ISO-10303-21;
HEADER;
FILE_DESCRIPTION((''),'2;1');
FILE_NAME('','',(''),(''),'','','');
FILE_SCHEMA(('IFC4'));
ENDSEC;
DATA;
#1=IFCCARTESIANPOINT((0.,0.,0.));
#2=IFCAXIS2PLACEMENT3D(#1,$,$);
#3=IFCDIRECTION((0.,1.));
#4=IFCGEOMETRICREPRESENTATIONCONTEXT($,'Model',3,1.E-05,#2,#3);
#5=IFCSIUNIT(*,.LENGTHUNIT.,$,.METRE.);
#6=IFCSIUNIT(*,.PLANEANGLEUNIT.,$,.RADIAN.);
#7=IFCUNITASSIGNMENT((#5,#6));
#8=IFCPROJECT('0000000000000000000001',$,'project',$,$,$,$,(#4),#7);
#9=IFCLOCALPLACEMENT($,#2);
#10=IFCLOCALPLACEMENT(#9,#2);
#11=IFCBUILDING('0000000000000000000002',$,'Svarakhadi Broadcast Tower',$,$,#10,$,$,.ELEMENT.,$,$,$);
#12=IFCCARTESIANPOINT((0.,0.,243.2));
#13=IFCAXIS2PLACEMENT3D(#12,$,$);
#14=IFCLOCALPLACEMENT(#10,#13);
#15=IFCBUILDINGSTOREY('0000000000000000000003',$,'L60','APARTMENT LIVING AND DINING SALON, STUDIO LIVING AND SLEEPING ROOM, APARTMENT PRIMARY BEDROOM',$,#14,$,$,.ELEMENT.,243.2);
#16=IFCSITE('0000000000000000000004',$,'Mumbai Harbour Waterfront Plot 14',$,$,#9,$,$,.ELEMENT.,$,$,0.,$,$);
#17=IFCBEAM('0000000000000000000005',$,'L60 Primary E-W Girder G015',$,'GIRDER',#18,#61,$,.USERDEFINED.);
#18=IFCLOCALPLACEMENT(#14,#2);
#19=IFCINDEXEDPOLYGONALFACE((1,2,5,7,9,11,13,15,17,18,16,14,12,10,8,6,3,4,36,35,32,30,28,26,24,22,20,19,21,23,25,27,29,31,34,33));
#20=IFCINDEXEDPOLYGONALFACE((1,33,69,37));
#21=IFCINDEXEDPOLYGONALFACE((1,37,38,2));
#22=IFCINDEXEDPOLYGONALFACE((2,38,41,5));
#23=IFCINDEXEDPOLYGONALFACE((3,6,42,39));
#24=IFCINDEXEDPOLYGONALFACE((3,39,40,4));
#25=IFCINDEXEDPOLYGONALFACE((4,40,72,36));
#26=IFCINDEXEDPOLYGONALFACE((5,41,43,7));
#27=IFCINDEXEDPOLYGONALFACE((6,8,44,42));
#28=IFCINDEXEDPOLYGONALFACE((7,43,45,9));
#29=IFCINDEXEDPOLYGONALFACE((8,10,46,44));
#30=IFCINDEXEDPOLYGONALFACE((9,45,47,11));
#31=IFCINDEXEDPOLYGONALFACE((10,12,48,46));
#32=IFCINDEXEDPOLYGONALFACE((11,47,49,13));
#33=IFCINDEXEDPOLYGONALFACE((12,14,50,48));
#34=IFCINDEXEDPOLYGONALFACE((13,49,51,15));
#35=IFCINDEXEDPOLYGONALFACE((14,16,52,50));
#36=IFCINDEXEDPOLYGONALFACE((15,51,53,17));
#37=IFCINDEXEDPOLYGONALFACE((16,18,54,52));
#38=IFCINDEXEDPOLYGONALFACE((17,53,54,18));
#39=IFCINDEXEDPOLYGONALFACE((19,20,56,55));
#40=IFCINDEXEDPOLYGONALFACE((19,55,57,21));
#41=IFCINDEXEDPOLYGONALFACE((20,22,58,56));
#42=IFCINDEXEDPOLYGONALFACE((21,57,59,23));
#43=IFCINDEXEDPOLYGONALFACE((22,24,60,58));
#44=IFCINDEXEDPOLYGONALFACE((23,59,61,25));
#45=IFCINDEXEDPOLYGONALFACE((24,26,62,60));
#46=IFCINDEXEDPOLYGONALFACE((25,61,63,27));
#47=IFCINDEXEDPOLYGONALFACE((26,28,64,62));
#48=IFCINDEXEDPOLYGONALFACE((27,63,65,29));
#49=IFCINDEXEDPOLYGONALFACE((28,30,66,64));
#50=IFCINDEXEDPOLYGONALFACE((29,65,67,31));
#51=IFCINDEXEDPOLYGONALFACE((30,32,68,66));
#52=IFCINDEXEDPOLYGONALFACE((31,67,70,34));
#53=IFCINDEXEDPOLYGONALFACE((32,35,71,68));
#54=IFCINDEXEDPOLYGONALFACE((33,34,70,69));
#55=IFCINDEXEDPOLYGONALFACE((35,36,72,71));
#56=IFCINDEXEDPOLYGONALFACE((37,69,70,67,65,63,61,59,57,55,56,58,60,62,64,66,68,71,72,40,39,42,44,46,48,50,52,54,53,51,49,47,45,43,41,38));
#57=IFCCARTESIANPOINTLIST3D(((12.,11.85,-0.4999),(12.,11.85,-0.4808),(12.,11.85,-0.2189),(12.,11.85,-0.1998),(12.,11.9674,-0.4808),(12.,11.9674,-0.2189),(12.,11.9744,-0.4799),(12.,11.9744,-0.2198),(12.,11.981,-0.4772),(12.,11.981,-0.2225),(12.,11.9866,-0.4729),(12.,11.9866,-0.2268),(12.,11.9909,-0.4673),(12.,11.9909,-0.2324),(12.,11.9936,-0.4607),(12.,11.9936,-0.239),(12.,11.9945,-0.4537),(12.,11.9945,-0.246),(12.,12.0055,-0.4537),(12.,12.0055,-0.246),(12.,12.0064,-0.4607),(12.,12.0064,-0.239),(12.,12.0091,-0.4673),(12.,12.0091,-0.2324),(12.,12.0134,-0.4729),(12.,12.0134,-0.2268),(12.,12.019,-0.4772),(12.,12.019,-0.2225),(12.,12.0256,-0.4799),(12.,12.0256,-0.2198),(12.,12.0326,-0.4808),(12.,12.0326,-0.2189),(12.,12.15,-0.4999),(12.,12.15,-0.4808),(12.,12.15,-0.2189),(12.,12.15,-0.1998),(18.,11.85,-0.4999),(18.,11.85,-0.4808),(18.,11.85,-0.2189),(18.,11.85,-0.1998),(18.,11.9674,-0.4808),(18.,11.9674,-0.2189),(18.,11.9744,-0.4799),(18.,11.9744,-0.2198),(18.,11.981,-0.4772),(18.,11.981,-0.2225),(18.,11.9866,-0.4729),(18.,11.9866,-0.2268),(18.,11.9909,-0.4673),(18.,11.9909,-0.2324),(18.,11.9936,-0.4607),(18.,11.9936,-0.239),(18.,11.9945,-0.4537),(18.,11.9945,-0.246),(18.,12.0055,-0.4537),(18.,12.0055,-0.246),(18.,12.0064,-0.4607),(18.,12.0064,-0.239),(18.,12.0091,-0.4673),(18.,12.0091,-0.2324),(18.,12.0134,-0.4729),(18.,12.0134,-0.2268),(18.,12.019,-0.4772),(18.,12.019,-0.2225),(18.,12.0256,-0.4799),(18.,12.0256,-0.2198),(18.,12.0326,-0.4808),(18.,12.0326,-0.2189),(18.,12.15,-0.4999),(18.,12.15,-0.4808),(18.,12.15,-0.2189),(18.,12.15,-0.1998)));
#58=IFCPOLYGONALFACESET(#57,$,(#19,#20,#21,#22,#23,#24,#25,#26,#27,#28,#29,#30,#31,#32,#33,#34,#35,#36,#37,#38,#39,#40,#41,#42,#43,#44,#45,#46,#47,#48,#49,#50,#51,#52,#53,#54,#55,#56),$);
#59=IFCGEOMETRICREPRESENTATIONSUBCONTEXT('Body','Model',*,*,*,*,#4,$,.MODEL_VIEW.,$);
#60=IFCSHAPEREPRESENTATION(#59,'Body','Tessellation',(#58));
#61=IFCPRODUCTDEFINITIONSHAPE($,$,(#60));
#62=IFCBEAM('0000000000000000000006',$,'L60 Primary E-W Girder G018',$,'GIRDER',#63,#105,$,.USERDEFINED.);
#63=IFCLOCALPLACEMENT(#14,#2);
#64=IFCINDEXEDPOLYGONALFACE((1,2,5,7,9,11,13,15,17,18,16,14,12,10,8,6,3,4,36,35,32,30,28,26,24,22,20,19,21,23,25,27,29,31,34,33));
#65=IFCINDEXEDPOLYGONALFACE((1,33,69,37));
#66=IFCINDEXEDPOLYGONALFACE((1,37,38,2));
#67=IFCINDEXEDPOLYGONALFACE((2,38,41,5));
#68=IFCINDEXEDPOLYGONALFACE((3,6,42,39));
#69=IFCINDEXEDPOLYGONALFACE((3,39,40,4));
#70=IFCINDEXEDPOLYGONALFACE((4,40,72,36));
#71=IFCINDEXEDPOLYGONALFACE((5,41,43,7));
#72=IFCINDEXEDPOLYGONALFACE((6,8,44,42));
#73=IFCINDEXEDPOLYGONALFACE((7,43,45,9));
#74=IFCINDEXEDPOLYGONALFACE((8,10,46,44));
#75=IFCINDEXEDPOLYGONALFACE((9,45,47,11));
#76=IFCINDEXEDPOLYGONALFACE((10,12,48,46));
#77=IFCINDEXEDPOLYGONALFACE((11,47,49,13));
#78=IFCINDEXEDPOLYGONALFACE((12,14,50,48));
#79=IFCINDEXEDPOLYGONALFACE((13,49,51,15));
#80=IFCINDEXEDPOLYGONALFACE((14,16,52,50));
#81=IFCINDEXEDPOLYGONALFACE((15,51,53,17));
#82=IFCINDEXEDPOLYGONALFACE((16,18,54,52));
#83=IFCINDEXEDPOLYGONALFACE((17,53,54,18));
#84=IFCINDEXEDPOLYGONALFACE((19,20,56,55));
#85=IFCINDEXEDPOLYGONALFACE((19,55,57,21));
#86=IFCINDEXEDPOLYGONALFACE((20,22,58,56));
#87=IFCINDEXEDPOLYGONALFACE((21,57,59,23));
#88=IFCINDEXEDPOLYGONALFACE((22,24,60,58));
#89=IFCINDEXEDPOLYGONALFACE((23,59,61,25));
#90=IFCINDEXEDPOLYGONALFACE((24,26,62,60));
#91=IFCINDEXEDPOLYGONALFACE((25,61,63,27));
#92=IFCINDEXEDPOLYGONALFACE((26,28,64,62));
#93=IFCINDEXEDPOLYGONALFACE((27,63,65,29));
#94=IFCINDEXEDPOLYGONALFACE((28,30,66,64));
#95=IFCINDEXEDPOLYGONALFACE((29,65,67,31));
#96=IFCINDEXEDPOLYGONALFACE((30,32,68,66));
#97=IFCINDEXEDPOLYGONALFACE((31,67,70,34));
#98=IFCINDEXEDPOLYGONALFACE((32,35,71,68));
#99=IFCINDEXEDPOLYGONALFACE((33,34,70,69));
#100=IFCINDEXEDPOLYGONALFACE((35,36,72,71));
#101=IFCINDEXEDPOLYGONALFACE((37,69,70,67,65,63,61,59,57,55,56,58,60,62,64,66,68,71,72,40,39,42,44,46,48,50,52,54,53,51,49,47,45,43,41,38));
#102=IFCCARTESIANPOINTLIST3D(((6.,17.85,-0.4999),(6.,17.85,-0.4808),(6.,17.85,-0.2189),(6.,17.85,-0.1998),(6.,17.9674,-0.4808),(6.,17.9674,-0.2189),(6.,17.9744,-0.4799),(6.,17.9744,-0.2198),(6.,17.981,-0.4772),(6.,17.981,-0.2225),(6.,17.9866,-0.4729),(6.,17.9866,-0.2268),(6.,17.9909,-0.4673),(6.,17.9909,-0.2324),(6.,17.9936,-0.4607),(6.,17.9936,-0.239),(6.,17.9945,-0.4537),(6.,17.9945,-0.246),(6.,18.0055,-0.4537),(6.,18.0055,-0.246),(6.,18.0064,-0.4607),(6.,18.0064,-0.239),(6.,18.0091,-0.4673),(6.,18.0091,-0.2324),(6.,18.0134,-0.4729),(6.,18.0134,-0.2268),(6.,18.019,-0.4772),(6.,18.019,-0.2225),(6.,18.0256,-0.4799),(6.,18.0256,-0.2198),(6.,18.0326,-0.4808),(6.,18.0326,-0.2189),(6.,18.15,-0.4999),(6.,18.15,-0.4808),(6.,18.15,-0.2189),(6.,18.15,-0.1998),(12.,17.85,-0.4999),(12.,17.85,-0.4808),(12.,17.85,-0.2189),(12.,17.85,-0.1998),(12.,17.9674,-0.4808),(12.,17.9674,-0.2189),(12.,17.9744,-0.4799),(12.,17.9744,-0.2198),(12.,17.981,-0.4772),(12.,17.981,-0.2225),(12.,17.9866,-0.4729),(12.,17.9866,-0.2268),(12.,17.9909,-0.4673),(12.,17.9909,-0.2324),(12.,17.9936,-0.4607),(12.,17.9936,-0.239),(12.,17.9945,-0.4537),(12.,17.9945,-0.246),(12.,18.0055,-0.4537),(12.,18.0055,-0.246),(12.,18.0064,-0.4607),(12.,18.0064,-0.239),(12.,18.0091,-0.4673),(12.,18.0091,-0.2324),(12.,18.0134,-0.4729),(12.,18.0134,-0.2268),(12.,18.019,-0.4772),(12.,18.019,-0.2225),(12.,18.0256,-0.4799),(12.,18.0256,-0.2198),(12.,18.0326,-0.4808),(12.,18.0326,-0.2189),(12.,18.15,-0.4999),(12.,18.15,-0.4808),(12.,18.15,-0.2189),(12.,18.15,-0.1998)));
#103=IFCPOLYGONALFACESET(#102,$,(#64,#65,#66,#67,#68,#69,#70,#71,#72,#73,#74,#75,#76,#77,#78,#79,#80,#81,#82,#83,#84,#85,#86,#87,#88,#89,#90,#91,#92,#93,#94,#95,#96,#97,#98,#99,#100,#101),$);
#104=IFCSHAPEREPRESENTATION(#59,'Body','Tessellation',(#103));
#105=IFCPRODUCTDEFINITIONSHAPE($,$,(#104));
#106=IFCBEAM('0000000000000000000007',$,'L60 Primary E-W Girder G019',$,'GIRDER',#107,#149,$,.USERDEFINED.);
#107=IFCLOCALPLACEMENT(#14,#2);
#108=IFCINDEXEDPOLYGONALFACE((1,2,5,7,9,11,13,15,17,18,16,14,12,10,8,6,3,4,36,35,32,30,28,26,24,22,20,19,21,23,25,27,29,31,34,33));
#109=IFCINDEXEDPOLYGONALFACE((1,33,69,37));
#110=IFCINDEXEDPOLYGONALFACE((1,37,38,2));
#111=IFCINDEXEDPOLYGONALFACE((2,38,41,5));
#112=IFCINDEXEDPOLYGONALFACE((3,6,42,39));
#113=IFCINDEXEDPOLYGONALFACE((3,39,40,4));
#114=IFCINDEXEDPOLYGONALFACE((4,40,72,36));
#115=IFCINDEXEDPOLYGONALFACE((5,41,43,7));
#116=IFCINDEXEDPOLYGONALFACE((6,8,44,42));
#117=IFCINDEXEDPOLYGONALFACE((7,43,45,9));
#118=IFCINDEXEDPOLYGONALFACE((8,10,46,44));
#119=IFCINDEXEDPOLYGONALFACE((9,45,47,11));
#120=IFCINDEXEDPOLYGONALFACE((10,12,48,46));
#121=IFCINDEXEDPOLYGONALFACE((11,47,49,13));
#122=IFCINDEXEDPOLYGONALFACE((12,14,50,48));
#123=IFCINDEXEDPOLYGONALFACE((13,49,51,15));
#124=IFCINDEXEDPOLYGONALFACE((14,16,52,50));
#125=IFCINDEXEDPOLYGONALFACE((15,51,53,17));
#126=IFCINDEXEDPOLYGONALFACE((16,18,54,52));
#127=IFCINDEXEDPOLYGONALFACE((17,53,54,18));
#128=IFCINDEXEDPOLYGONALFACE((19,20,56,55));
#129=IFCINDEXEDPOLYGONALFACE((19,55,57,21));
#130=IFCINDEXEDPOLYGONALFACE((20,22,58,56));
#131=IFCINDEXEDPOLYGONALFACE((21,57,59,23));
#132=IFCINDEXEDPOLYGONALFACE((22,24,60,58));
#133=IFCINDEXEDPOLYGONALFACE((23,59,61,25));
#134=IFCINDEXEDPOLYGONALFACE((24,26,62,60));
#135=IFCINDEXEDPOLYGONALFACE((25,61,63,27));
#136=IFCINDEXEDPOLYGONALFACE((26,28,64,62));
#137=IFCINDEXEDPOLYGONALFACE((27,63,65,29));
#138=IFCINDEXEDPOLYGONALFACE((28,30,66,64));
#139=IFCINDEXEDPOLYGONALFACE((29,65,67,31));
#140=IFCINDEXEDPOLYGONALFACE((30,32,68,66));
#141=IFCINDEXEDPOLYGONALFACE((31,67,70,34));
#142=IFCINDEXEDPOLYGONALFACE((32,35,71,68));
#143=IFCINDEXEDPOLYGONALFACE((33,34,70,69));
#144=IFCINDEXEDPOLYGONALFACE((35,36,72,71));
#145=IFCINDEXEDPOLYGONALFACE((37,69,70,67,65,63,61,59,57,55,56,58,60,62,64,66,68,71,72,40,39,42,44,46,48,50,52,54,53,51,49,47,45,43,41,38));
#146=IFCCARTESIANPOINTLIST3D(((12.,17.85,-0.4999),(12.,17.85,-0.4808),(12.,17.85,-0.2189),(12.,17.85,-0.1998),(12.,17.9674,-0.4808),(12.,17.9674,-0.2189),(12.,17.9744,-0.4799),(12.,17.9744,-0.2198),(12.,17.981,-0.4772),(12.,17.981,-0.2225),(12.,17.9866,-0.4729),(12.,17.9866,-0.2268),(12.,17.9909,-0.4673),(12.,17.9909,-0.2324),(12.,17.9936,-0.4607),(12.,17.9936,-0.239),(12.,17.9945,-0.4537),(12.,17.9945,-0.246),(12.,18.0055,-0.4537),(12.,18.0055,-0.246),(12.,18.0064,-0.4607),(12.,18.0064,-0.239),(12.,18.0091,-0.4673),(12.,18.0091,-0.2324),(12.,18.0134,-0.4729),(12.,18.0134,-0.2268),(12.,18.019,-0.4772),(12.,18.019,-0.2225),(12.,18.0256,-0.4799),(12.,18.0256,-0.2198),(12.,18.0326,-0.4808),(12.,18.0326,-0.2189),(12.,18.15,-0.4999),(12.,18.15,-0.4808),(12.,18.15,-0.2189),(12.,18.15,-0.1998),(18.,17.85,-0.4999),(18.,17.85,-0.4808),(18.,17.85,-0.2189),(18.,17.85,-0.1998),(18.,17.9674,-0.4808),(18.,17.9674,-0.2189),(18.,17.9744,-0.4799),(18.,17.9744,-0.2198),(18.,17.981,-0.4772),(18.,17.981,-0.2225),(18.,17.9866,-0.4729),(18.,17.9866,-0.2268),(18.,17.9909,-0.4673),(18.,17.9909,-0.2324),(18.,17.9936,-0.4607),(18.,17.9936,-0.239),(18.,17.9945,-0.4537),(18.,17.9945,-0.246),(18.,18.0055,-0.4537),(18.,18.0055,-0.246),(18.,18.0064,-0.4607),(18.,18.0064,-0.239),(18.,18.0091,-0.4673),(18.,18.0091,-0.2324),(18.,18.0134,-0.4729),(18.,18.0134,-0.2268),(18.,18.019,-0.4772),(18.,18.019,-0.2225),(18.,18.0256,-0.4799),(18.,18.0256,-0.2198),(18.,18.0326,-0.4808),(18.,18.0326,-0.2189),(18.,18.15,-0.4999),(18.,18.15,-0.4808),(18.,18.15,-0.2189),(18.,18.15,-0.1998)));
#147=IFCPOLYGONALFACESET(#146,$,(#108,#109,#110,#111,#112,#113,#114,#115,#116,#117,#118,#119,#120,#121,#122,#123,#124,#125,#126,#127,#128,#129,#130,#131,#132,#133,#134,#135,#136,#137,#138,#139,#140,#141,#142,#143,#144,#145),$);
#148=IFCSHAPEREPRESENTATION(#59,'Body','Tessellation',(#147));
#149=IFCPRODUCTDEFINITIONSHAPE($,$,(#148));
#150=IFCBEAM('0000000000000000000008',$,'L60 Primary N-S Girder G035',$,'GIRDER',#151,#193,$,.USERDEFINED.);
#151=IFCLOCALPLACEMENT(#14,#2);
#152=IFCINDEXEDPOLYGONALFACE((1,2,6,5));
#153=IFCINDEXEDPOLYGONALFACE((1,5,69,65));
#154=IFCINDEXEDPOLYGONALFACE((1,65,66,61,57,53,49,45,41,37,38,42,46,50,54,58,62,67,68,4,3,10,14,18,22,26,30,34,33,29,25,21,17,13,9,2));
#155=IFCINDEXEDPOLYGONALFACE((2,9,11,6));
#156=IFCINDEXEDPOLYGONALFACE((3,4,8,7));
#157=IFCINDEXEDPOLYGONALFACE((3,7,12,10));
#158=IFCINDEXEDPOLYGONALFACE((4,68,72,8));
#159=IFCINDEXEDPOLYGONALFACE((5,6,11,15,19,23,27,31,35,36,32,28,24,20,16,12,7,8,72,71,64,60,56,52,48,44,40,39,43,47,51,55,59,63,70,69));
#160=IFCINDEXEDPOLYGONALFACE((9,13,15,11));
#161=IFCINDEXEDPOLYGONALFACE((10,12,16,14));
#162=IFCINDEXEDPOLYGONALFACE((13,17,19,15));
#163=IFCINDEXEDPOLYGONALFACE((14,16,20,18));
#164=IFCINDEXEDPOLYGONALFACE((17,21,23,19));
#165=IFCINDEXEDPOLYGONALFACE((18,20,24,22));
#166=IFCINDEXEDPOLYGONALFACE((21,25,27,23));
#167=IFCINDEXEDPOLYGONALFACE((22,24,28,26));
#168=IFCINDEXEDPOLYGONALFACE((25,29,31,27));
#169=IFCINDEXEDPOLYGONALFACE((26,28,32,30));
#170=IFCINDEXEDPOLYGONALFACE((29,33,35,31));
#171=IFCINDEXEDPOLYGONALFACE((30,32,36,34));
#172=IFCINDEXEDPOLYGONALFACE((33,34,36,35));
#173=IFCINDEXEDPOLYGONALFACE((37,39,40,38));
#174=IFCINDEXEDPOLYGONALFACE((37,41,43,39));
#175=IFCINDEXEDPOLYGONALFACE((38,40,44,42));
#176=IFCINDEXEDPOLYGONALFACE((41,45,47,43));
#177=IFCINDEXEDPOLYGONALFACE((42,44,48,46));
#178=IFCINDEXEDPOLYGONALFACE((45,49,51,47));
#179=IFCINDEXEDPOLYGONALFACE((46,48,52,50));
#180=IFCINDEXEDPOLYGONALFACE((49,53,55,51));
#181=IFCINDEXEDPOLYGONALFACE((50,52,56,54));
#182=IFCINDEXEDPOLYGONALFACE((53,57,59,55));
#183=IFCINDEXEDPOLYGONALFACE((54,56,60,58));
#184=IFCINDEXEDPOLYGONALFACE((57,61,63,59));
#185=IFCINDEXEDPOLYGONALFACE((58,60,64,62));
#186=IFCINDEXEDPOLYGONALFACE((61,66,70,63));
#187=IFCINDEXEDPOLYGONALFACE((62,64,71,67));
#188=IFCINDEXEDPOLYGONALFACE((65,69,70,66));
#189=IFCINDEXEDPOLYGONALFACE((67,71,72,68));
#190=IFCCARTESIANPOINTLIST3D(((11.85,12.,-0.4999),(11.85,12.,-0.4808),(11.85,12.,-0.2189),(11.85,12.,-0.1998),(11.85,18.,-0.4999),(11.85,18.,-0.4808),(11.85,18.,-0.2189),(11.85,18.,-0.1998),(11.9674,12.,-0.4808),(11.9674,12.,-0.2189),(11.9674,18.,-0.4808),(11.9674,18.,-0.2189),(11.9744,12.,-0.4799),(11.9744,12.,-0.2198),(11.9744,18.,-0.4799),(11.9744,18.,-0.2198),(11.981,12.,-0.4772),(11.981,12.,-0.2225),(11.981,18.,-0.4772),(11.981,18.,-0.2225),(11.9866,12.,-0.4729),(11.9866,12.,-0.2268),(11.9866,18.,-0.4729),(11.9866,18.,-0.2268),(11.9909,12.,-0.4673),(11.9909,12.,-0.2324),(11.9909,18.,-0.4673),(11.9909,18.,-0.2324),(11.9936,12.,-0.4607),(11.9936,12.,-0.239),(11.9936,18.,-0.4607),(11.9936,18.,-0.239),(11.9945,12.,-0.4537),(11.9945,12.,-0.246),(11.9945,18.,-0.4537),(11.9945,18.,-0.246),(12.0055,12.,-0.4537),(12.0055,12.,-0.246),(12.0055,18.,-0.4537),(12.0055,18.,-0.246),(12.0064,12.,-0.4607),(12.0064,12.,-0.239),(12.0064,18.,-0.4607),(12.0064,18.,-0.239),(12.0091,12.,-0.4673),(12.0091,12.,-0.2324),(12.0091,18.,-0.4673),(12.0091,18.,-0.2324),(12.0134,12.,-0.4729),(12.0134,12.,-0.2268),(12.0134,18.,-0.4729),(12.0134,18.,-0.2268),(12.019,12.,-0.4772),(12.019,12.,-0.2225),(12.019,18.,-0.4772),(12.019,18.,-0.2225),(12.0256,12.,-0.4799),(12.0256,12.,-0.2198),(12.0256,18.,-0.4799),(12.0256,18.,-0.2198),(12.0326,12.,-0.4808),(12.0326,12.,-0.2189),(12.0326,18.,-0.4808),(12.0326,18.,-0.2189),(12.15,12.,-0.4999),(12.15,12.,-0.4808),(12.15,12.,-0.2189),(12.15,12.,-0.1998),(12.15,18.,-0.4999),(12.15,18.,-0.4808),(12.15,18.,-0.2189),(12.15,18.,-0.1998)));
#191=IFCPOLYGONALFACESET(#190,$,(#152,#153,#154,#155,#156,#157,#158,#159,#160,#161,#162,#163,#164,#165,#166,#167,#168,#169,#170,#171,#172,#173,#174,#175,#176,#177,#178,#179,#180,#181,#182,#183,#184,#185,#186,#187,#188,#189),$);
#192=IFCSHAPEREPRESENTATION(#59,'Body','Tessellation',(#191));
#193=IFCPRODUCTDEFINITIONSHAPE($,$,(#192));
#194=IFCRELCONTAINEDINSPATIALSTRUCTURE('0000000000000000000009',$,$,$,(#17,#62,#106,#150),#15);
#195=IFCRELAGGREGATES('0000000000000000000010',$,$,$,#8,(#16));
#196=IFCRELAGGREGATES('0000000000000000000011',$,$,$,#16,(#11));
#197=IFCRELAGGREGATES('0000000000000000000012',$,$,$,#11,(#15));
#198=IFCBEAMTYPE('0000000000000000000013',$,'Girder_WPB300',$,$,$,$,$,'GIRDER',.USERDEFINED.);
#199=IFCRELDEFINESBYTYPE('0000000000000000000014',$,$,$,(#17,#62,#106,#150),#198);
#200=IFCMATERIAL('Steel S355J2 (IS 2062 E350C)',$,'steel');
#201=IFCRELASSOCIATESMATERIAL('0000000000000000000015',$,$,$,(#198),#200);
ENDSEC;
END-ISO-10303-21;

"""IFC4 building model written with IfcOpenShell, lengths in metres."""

from ifc_helpers import new_model, si_unit, direction, frame, origin, origin_2d, place, context, subcontext, project, spatial, i_section, extrude, material, material_profile, profile_set, type_object, element, save


model = new_model("IFC4")

# Units and contexts
model_context = context("Model", 3, precision=1e-05, world=origin(), true_north=direction((0.0, 1.0)))
body_context = subcontext(model_context, "Body", "Model", "MODEL_VIEW")
ifc_project = project(units=[si_unit("LENGTHUNIT", "METRE"), si_unit("PLANEANGLEUNIT", "RADIAN")], contexts=[model_context])

# Site, building, storey
site_placement = place(None, origin())
site = spatial("IfcSite", under=ifc_project, at=site_placement, Name="Mumbai Harbour Waterfront Plot 14", CompositionType="ELEMENT", RefElevation=0.0)
building_placement = place(site_placement, origin())
building = spatial("IfcBuilding", under=site, at=building_placement, Name="Svarakhadi Broadcast Tower", CompositionType="ELEMENT")
storey_placement = place(building_placement, frame((0.0, 0.0, 243.2)))
storey = spatial("IfcBuildingStorey", under=building, at=storey_placement, Name="L60", Description="APARTMENT LIVING AND DINING SALON, STUDIO LIVING AND SLEEPING ROOM, APARTMENT PRIMARY BEDROOM", CompositionType="ELEMENT", Elevation=243.2)

# Beams
ifc_material_1 = material(Name="Steel S355J2 (IS 2062 E350C)", Category="steel")
ifc_material_profile_1 = material_profile(ifc_material_1, i_section(OverallWidth=0.3, OverallDepth=0.3, WebThickness=0.011, FlangeThickness=0.019, FilletRadius=0.0271, at=origin_2d()), Name="WPB 300x300x117")
ifc_profile_set_1 = profile_set([ifc_material_profile_1], Name="Steel S355J2 (IS 2062 E350C)")
beam_type_1 = type_object("IfcBeamType", Name="Girder_WPB300", ElementType="GIRDER", PredefinedType="USERDEFINED", material=ifc_profile_set_1)
for number, where, z_axis, x_axis, name in (
    (1, (12.0, 12.0, -0.3499), (1.0, 0.0, 0.0), (0.0, 1.0, 0.0), "L60 Primary E-W Girder G015"),
    (2, (6.0, 18.0, -0.3499), (1.0, 0.0, 0.0), (0.0, 1.0, 0.0), "L60 Primary E-W Girder G018"),
    (3, (12.0, 18.0, -0.3499), (1.0, 0.0, 0.0), (0.0, 1.0, 0.0), "L60 Primary E-W Girder G019"),
    (4, (12.0, 12.0, -0.3499), (0.0, 1.0, 0.0), (-1.0, 0.0, 0.0), "L60 Primary N-S Girder G035"),
):
    element("IfcBeam", number, at=place(storey_placement, frame(where, z_axis=z_axis, x_axis=x_axis)), inside=storey, type_object=beam_type_1, Name=name, ObjectType="GIRDER", PredefinedType="USERDEFINED", context=body_context, shape_type="SweptSolid", body=[
        extrude(i_section(OverallWidth=0.3, OverallDepth=0.3, WebThickness=0.011, FlangeThickness=0.019, FilletRadius=0.0271, at=origin_2d()), origin(), (0.0, 0.0, 1.0), 6.0),
    ])

save(model, "model.ifc")
